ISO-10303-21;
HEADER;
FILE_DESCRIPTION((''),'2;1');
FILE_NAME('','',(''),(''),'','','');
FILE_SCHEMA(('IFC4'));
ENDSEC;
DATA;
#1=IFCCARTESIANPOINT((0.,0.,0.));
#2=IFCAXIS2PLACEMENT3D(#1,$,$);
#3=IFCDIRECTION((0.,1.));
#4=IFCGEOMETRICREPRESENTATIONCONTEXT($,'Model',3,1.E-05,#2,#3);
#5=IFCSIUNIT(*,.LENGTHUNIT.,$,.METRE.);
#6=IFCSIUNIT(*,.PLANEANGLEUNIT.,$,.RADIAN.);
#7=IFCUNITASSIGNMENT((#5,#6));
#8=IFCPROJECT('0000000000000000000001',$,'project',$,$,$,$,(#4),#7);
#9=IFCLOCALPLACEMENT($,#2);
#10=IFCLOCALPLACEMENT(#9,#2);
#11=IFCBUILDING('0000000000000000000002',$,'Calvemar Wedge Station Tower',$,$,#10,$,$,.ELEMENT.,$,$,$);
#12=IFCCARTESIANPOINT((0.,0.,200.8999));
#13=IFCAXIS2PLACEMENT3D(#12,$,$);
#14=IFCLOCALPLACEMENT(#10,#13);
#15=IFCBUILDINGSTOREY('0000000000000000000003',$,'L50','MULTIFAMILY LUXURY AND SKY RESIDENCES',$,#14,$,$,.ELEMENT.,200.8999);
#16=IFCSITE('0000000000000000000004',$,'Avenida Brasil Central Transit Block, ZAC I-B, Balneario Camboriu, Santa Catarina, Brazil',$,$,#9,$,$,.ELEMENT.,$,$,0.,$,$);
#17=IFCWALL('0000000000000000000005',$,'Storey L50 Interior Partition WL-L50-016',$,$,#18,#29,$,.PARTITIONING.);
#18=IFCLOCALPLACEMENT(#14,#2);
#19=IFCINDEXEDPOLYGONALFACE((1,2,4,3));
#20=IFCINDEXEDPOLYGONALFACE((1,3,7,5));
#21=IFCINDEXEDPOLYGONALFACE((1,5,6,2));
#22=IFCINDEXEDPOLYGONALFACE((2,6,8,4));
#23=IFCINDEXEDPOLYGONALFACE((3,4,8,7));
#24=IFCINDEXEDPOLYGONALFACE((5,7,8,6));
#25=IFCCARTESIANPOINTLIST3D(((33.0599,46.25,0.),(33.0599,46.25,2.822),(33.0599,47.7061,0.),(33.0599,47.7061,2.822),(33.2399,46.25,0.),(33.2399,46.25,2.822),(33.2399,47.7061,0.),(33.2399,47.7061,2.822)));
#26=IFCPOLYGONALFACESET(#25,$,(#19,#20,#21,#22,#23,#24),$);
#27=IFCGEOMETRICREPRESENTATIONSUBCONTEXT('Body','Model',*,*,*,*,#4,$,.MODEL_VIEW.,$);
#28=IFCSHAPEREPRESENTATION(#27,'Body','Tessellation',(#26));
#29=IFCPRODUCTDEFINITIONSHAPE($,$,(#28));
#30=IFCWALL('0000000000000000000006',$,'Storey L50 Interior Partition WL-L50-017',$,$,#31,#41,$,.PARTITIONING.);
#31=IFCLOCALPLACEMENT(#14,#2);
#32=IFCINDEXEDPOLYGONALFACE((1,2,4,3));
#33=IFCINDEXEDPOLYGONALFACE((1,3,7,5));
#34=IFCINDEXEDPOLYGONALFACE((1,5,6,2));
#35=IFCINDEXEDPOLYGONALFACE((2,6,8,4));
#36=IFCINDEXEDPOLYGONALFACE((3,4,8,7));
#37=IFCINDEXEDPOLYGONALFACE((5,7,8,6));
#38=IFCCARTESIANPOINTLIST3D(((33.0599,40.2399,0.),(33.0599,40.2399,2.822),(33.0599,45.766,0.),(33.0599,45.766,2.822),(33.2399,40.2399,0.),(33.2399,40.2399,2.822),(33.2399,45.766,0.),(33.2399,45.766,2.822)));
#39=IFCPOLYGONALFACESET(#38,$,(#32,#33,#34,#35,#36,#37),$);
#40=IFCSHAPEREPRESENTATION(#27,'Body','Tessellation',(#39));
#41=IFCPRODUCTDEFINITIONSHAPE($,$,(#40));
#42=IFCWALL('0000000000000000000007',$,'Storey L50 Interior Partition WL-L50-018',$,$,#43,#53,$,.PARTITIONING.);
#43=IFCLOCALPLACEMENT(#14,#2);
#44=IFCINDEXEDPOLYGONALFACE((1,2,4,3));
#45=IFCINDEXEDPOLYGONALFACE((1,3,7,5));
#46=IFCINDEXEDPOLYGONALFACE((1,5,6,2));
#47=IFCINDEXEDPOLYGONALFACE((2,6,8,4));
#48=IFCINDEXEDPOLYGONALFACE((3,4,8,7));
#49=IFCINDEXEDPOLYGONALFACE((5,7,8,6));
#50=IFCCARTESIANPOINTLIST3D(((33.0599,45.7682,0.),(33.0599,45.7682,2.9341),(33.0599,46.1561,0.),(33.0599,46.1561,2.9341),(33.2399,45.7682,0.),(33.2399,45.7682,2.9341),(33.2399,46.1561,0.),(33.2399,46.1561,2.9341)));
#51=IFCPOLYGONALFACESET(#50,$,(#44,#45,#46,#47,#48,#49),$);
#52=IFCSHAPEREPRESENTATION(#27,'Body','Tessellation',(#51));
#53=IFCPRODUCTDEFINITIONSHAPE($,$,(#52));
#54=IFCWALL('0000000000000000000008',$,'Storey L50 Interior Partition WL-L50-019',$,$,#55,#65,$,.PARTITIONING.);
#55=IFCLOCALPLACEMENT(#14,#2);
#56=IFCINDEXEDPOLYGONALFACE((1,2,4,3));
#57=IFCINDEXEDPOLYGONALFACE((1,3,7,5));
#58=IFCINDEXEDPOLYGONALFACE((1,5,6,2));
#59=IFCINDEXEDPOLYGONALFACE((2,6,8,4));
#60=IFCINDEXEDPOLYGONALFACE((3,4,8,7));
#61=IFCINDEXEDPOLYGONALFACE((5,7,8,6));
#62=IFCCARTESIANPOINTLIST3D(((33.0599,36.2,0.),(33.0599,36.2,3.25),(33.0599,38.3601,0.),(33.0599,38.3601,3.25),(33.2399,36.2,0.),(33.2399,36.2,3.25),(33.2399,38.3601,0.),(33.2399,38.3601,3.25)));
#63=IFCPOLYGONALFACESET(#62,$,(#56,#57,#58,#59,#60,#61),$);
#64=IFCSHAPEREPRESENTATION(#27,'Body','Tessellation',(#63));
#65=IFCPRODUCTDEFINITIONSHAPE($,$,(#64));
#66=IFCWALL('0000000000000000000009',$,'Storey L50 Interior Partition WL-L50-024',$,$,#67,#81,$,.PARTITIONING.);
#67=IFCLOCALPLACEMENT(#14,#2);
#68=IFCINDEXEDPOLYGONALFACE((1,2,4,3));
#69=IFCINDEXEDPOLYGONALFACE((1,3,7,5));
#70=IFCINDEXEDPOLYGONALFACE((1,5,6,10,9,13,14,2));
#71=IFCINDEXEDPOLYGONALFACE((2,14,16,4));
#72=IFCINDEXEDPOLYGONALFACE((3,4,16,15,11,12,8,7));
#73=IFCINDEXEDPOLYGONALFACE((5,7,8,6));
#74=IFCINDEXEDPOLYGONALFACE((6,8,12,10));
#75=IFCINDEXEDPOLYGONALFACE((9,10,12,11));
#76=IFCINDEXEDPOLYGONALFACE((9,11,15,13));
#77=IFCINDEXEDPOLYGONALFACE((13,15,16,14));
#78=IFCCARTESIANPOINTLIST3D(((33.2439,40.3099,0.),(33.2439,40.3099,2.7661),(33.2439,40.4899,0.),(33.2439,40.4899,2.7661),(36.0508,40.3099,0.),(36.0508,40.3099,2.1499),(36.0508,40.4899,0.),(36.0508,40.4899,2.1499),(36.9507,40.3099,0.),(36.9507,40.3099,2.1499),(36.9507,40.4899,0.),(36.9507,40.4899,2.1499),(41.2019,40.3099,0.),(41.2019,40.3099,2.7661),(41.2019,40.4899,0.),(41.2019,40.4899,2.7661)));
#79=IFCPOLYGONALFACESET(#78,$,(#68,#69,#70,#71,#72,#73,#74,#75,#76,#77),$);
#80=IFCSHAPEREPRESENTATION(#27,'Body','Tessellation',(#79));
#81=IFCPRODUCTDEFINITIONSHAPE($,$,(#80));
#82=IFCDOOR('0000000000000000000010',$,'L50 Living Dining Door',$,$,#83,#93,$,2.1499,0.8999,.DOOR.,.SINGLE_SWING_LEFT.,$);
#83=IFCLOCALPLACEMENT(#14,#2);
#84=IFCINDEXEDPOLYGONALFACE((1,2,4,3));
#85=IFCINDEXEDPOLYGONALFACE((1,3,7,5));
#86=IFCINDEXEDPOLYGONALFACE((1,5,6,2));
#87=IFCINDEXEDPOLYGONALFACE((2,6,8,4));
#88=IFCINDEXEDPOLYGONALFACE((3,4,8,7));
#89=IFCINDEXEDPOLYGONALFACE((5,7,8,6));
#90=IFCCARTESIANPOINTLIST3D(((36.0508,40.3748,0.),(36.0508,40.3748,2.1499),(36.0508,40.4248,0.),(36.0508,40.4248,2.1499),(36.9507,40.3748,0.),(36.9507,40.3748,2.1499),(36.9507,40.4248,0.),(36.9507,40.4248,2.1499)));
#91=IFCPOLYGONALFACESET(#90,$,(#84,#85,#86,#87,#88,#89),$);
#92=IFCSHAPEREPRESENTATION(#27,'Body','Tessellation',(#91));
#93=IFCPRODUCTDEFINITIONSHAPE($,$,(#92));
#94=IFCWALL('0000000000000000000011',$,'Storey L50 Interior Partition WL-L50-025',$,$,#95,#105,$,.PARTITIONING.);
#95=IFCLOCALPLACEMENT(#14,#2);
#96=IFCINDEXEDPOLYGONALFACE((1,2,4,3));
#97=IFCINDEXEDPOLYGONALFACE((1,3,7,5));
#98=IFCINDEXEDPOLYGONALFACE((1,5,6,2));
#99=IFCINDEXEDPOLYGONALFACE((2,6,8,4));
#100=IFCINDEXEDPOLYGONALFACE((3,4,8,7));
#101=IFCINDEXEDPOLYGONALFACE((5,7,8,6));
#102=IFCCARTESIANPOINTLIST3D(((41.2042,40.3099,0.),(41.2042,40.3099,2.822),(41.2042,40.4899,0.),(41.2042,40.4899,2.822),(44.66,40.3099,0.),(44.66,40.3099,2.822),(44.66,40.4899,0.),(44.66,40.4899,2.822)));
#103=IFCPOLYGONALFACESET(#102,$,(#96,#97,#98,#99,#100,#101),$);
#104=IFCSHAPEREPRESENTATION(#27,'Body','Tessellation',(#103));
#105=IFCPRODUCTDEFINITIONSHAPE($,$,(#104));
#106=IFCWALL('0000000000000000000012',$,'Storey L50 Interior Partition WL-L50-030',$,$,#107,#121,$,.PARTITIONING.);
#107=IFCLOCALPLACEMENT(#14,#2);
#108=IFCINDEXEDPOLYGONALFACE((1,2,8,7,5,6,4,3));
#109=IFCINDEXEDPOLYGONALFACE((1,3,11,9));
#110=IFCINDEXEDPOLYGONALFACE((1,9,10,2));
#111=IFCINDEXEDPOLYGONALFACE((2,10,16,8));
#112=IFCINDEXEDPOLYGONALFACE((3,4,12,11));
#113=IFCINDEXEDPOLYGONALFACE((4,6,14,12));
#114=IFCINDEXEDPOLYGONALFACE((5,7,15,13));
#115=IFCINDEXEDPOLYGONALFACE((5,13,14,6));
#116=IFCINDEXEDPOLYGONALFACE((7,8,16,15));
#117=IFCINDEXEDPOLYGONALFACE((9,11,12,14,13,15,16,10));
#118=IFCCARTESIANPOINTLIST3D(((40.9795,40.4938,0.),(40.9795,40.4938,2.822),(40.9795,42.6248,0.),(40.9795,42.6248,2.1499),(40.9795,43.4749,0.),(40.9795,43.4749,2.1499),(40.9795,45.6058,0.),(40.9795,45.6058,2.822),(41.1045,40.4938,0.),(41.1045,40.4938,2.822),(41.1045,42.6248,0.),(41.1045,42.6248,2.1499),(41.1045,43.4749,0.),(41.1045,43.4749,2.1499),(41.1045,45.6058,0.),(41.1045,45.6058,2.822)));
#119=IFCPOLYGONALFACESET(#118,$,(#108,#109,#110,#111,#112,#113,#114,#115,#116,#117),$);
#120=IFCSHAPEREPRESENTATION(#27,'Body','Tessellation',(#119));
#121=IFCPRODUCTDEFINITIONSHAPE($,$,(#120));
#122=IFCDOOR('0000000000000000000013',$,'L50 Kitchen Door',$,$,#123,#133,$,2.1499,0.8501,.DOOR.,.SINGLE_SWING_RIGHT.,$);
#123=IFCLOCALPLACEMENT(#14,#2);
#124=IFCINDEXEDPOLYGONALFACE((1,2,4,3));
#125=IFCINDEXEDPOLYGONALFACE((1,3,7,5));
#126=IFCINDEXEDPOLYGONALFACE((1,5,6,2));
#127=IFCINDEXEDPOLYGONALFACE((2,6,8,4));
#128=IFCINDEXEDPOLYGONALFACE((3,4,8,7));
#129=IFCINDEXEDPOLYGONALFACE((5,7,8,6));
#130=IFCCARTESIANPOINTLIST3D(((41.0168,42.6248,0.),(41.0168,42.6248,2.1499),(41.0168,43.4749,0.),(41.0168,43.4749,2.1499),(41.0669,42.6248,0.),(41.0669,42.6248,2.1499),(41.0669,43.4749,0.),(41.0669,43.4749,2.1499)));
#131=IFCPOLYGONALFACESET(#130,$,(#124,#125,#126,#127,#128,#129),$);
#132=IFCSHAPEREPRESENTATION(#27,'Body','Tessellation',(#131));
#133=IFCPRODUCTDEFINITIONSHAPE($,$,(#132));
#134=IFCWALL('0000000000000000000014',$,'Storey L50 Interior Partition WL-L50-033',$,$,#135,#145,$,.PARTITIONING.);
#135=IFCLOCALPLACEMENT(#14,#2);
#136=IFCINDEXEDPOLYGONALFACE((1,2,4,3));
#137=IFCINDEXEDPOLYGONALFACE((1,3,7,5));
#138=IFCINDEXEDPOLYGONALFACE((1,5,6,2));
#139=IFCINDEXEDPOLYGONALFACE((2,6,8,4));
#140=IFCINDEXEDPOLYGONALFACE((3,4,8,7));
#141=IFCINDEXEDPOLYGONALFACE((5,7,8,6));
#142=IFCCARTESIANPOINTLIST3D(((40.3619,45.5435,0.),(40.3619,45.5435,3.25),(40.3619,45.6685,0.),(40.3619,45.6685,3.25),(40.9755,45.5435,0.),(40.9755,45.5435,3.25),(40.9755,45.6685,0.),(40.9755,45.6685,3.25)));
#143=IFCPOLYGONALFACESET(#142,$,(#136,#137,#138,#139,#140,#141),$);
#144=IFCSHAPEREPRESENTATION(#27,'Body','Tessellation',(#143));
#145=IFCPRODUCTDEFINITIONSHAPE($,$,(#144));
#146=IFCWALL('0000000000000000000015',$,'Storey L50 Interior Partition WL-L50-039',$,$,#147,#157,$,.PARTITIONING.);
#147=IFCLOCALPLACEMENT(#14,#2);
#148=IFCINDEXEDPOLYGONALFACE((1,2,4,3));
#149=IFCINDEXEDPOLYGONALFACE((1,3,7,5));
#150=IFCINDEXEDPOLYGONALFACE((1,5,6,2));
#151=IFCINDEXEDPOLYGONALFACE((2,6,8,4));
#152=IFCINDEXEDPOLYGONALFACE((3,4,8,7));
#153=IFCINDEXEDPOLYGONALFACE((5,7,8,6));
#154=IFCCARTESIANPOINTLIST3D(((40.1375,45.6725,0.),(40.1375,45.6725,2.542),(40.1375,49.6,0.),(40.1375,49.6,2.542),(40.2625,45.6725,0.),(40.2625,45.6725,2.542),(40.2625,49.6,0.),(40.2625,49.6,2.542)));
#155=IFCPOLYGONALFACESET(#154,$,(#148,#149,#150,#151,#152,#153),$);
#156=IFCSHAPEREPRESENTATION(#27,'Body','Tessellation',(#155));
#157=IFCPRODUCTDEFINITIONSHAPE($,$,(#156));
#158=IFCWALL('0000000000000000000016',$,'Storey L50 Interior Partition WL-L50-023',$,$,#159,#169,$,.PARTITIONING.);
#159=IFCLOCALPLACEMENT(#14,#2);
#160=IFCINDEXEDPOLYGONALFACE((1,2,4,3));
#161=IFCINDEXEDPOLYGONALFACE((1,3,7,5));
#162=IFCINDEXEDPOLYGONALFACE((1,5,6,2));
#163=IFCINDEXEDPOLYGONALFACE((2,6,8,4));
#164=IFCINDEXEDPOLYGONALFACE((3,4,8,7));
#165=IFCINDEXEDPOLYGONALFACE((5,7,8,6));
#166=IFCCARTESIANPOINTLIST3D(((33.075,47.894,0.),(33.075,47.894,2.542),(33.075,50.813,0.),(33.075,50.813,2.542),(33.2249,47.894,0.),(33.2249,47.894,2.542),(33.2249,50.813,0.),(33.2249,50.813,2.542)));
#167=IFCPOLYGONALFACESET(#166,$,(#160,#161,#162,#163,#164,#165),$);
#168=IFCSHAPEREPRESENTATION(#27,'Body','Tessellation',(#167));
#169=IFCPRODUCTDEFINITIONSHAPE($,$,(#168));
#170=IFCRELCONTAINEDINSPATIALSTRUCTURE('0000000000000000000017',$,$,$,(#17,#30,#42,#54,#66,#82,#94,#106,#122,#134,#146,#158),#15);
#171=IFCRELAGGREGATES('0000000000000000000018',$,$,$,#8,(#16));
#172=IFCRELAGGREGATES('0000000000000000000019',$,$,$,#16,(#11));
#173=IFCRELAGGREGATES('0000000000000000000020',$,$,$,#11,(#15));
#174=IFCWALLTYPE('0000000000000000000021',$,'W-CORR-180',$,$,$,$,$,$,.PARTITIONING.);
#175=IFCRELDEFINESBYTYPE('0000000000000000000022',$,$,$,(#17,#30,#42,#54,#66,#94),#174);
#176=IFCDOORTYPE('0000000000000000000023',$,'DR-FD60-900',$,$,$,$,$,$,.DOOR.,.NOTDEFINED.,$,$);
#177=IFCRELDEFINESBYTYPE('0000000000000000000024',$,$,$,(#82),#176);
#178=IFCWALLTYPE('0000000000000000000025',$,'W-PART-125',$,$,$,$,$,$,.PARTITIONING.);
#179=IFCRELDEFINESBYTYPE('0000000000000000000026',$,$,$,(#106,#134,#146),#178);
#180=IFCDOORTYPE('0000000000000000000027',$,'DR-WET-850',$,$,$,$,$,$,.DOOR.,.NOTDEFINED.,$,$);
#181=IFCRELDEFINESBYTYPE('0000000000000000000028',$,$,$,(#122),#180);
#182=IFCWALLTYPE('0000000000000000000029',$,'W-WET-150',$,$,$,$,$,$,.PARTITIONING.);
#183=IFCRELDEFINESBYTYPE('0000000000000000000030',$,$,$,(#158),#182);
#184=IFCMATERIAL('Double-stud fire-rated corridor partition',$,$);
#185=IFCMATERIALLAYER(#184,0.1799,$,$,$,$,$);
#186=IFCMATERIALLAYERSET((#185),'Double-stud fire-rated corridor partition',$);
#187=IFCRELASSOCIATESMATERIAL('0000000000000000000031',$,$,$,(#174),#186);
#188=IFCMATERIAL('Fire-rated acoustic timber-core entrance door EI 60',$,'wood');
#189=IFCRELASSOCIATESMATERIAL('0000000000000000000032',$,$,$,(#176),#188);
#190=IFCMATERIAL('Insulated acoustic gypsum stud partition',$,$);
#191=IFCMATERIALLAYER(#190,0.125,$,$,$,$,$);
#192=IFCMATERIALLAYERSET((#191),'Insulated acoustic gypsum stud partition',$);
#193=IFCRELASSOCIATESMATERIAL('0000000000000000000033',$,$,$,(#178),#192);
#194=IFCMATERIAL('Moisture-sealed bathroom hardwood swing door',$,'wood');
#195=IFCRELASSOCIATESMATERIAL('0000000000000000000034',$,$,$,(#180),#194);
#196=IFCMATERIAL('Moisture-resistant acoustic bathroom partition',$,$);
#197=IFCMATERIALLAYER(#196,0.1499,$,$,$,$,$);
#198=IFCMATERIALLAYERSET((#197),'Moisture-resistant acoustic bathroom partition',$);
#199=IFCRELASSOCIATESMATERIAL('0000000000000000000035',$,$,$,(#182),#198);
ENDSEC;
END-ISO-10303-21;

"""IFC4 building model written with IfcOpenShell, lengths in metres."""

from ifc_helpers import new_model, si_unit, direction, frame, frame_2d, origin, place, context, subcontext, project, spatial, rectangle, extrude, source, transform, mapped, material, layer, layer_set, type_object, element, fill, save


model = new_model("IFC4")

# Units and contexts
model_context = context("Model", 3, precision=1e-05, world=origin(), true_north=direction((0.0, 1.0)))
body_context = subcontext(model_context, "Body", "Model", "MODEL_VIEW")
ifc_project = project(units=[si_unit("LENGTHUNIT", "METRE"), si_unit("PLANEANGLEUNIT", "RADIAN")], contexts=[model_context])

# Site, building, storey
site_placement = place(None, origin())
site = spatial("IfcSite", under=ifc_project, at=site_placement, Name="Avenida Brasil Central Transit Block, ZAC I-B, Balneario Camboriu, Santa Catarina, Brazil", CompositionType="ELEMENT", RefElevation=0.0)
building_placement = place(site_placement, origin())
building = spatial("IfcBuilding", under=site, at=building_placement, Name="Calvemar Wedge Station Tower", CompositionType="ELEMENT")
storey_placement = place(building_placement, frame((0.0, 0.0, 200.8999)))
storey = spatial("IfcBuildingStorey", under=building, at=storey_placement, Name="L50", Description="MULTIFAMILY LUXURY AND SKY RESIDENCES", CompositionType="ELEMENT", Elevation=200.8999)

# Walls
ifc_material_1 = material(Name="Double-stud fire-rated corridor partition")
ifc_layer_1 = layer(ifc_material_1, 0.1799)
ifc_layer_set_1 = layer_set([ifc_layer_1], Name="Double-stud fire-rated corridor partition")
wall_type_1 = type_object("IfcWallType", Name="W-CORR-180", PredefinedType="PARTITIONING", material=ifc_layer_set_1)
wall_1_placement = place(storey_placement, frame((33.1499, 47.7061, 0.0), z_axis=(0.0, 0.0, 1.0), x_axis=(0.0, -1.0, 0.0)))
element("IfcWall", 1, at=wall_1_placement, inside=storey, type_object=wall_type_1, Name="Storey L50 Interior Partition WL-L50-016", PredefinedType="PARTITIONING", context=body_context, shape_type="SweptSolid", body=[
    extrude(rectangle(XDim=1.4561, YDim=0.1799, at=frame_2d((0.728, 0.0))), origin(), (0.0, 0.0, 1.0), 2.822),
])
wall_2_placement = place(storey_placement, frame((33.1499, 45.7661, 0.0), z_axis=(0.0, 0.0, 1.0), x_axis=(0.0, -1.0, 0.0)))
element("IfcWall", 2, at=wall_2_placement, inside=storey, type_object=wall_type_1, Name="Storey L50 Interior Partition WL-L50-017", PredefinedType="PARTITIONING", context=body_context, shape_type="SweptSolid", body=[
    extrude(rectangle(XDim=5.5261, YDim=0.1799, at=frame_2d((2.7632, 0.0))), origin(), (0.0, 0.0, 1.0), 2.822),
])
wall_3_placement = place(storey_placement, frame((33.1499, 46.156, 0.0), z_axis=(0.0, 0.0, 1.0), x_axis=(0.0, -1.0, 0.0)))
element("IfcWall", 3, at=wall_3_placement, inside=storey, type_object=wall_type_1, Name="Storey L50 Interior Partition WL-L50-018", PredefinedType="PARTITIONING", context=body_context, shape_type="SweptSolid", body=[
    extrude(rectangle(XDim=0.3879, YDim=0.1799, at=frame_2d((0.1938, 0.0))), origin(), (0.0, 0.0, 1.0), 2.9341),
])
wall_4_placement = place(storey_placement, frame((33.1499, 38.3601, 0.0), z_axis=(0.0, 0.0, 1.0), x_axis=(0.0, -1.0, 0.0)))
element("IfcWall", 4, at=wall_4_placement, inside=storey, type_object=wall_type_1, Name="Storey L50 Interior Partition WL-L50-019", PredefinedType="PARTITIONING", context=body_context, shape_type="SweptSolid", body=[
    extrude(rectangle(XDim=2.1602, YDim=0.1799, at=frame_2d((1.0801, 0.0))), origin(), (0.0, 0.0, 1.0), 3.25),
])

# Wall, opening, door
wall_5_placement = place(storey_placement, frame((33.2439, 40.3999, 0.0), z_axis=(0.0, 0.0, 1.0), x_axis=(1.0, 0.0, 0.0)))
wall_5 = element("IfcWall", 5, at=wall_5_placement, inside=storey, type_object=wall_type_1, Name="Storey L50 Interior Partition WL-L50-024", PredefinedType="PARTITIONING", context=body_context, shape_type="SweptSolid", body=[
    extrude(rectangle(XDim=7.958, YDim=0.1799, at=frame_2d((3.979, 0.0))), origin(), (0.0, 0.0, 1.0), 2.7661),
])
shared_shape_1 = source(origin(), body_context, "Body", "SweptSolid", [
    extrude(rectangle(XDim=0.8999, YDim=2.1499, at=frame_2d((0.45, 1.075))), frame((0.0, 0.1001, 0.0), z_axis=(0.0, -1.0, 0.0), x_axis=(1.0, 0.0, 0.0)), (0.0, 0.0, 1.0), 0.2),
])
opening_1_placement = place(wall_5_placement, frame((2.8069, 0.0, 0.0)))
opening_1 = element("IfcOpeningElement", 6, at=opening_1_placement, cuts=wall_5, PredefinedType="OPENING", context=body_context, shape_type="MappedRepresentation", body=[
    mapped(shared_shape_1, transform((0.0, 0.0, 0.0), scale=1.0)),
])
ifc_material_2 = material(Name="Fire-rated acoustic timber-core entrance door EI 60", Category="wood")
door_type_1 = type_object("IfcDoorType", Name="DR-FD60-900", OperationType="NOTDEFINED", PredefinedType="DOOR", material=ifc_material_2)
shared_shape_2 = source(origin(), body_context, "Body", "SweptSolid", [
    extrude(rectangle(XDim=0.8999, YDim=2.1499, at=frame_2d((0.45, 1.075))), frame((0.0, 0.0249, 0.0), z_axis=(0.0, -1.0, 0.0), x_axis=(1.0, 0.0, 0.0)), (0.0, 0.0, 1.0), 0.05),
])
door_1_placement = place(opening_1_placement, origin())
door_1 = element("IfcDoor", 7, at=door_1_placement, inside=storey, type_object=door_type_1, Name="L50 Living Dining Door", OperationType="SINGLE_SWING_LEFT", OverallHeight=2.1499, OverallWidth=0.8999, PredefinedType="DOOR", context=body_context, shape_type="MappedRepresentation", body=[
    mapped(shared_shape_2, transform((0.0, 0.0, 0.0), scale=1.0)),
])
fill(opening_1, door_1)

# Wall
wall_6_placement = place(storey_placement, frame((41.2041, 40.3999, 0.0), z_axis=(0.0, 0.0, 1.0), x_axis=(1.0, 0.0, 0.0)))
element("IfcWall", 8, at=wall_6_placement, inside=storey, type_object=wall_type_1, Name="Storey L50 Interior Partition WL-L50-025", PredefinedType="PARTITIONING", context=body_context, shape_type="SweptSolid", body=[
    extrude(rectangle(XDim=3.4558, YDim=0.1799, at=frame_2d((1.728, 0.0))), origin(), (0.0, 0.0, 1.0), 2.822),
])

# Wall, opening, door
ifc_material_3 = material(Name="Insulated acoustic gypsum stud partition")
ifc_layer_2 = layer(ifc_material_3, 0.125)
ifc_layer_set_2 = layer_set([ifc_layer_2], Name="Insulated acoustic gypsum stud partition")
wall_type_2 = type_object("IfcWallType", Name="W-PART-125", PredefinedType="PARTITIONING", material=ifc_layer_set_2)
wall_7_placement = place(storey_placement, frame((41.042, 45.606, 0.0), z_axis=(0.0, 0.0, 1.0), x_axis=(0.0, -1.0, 0.0)))
wall_7 = element("IfcWall", 9, at=wall_7_placement, inside=storey, type_object=wall_type_2, Name="Storey L50 Interior Partition WL-L50-030", PredefinedType="PARTITIONING", context=body_context, shape_type="SweptSolid", body=[
    extrude(rectangle(XDim=5.1121, YDim=0.125, at=frame_2d((2.5562, 0.0))), origin(), (0.0, 0.0, 1.0), 2.822),
])
shared_shape_3 = source(origin(), body_context, "Body", "SweptSolid", [
    extrude(rectangle(XDim=0.8501, YDim=2.1499, at=frame_2d((0.425, 1.075))), frame((0.0, 0.0725, 0.0), z_axis=(0.0, -1.0, 0.0), x_axis=(1.0, 0.0, 0.0)), (0.0, 0.0, 1.0), 0.145),
])
opening_2_placement = place(wall_7_placement, frame((2.1311, 0.0, 0.0)))
opening_2 = element("IfcOpeningElement", 10, at=opening_2_placement, cuts=wall_7, PredefinedType="OPENING", context=body_context, shape_type="MappedRepresentation", body=[
    mapped(shared_shape_3, transform((0.0, 0.0, 0.0), scale=1.0)),
])
ifc_material_4 = material(Name="Moisture-sealed bathroom hardwood swing door", Category="wood")
door_type_2 = type_object("IfcDoorType", Name="DR-WET-850", OperationType="NOTDEFINED", PredefinedType="DOOR", material=ifc_material_4)
shared_shape_4 = source(origin(), body_context, "Body", "SweptSolid", [
    extrude(rectangle(XDim=0.8501, YDim=2.1499, at=frame_2d((0.425, 1.075))), frame((0.0, 0.0249, 0.0), z_axis=(0.0, -1.0, 0.0), x_axis=(1.0, 0.0, 0.0)), (0.0, 0.0, 1.0), 0.05),
])
door_2_placement = place(opening_2_placement, origin())
door_2 = element("IfcDoor", 11, at=door_2_placement, inside=storey, type_object=door_type_2, Name="L50 Kitchen Door", OperationType="SINGLE_SWING_RIGHT", OverallHeight=2.1499, OverallWidth=0.8501, PredefinedType="DOOR", context=body_context, shape_type="MappedRepresentation", body=[
    mapped(shared_shape_4, transform((0.0, 0.0, 0.0), scale=1.0)),
])
fill(opening_2, door_2)

# Wall
wall_8_placement = place(storey_placement, frame((40.3621, 45.606, 0.0), z_axis=(0.0, 0.0, 1.0), x_axis=(1.0, 0.0, 0.0)))
element("IfcWall", 12, at=wall_8_placement, inside=storey, type_object=wall_type_2, Name="Storey L50 Interior Partition WL-L50-033", PredefinedType="PARTITIONING", context=body_context, shape_type="SweptSolid", body=[
    extrude(rectangle(XDim=0.6135, YDim=0.125, at=frame_2d((0.3066, 0.0))), origin(), (0.0, 0.0, 1.0), 3.25),
])

# Walls
wall_9_placement = place(storey_placement, frame((40.2, 49.6001, 0.0), z_axis=(0.0, 0.0, 1.0), x_axis=(0.0, -1.0, 0.0)))
element("IfcWall", 13, at=wall_9_placement, inside=storey, type_object=wall_type_2, Name="Storey L50 Interior Partition WL-L50-039", PredefinedType="PARTITIONING", context=body_context, shape_type="SweptSolid", body=[
    extrude(rectangle(XDim=3.9275, YDim=0.125, at=frame_2d((1.9639, 0.0))), origin(), (0.0, 0.0, 1.0), 2.542),
])
ifc_material_5 = material(Name="Moisture-resistant acoustic bathroom partition")
ifc_layer_3 = layer(ifc_material_5, 0.1499)
ifc_layer_set_3 = layer_set([ifc_layer_3], Name="Moisture-resistant acoustic bathroom partition")
wall_type_3 = type_object("IfcWallType", Name="W-WET-150", PredefinedType="PARTITIONING", material=ifc_layer_set_3)
wall_10_placement = place(storey_placement, frame((33.1499, 50.813, 0.0), z_axis=(0.0, 0.0, 1.0), x_axis=(0.0, -1.0, 0.0)))
element("IfcWall", 14, at=wall_10_placement, inside=storey, type_object=wall_type_3, Name="Storey L50 Interior Partition WL-L50-023", PredefinedType="PARTITIONING", context=body_context, shape_type="SweptSolid", body=[
    extrude(rectangle(XDim=2.9189, YDim=0.1499, at=frame_2d((1.4595, 0.0))), origin(), (0.0, 0.0, 1.0), 2.542),
])

save(model, "model.ifc")
